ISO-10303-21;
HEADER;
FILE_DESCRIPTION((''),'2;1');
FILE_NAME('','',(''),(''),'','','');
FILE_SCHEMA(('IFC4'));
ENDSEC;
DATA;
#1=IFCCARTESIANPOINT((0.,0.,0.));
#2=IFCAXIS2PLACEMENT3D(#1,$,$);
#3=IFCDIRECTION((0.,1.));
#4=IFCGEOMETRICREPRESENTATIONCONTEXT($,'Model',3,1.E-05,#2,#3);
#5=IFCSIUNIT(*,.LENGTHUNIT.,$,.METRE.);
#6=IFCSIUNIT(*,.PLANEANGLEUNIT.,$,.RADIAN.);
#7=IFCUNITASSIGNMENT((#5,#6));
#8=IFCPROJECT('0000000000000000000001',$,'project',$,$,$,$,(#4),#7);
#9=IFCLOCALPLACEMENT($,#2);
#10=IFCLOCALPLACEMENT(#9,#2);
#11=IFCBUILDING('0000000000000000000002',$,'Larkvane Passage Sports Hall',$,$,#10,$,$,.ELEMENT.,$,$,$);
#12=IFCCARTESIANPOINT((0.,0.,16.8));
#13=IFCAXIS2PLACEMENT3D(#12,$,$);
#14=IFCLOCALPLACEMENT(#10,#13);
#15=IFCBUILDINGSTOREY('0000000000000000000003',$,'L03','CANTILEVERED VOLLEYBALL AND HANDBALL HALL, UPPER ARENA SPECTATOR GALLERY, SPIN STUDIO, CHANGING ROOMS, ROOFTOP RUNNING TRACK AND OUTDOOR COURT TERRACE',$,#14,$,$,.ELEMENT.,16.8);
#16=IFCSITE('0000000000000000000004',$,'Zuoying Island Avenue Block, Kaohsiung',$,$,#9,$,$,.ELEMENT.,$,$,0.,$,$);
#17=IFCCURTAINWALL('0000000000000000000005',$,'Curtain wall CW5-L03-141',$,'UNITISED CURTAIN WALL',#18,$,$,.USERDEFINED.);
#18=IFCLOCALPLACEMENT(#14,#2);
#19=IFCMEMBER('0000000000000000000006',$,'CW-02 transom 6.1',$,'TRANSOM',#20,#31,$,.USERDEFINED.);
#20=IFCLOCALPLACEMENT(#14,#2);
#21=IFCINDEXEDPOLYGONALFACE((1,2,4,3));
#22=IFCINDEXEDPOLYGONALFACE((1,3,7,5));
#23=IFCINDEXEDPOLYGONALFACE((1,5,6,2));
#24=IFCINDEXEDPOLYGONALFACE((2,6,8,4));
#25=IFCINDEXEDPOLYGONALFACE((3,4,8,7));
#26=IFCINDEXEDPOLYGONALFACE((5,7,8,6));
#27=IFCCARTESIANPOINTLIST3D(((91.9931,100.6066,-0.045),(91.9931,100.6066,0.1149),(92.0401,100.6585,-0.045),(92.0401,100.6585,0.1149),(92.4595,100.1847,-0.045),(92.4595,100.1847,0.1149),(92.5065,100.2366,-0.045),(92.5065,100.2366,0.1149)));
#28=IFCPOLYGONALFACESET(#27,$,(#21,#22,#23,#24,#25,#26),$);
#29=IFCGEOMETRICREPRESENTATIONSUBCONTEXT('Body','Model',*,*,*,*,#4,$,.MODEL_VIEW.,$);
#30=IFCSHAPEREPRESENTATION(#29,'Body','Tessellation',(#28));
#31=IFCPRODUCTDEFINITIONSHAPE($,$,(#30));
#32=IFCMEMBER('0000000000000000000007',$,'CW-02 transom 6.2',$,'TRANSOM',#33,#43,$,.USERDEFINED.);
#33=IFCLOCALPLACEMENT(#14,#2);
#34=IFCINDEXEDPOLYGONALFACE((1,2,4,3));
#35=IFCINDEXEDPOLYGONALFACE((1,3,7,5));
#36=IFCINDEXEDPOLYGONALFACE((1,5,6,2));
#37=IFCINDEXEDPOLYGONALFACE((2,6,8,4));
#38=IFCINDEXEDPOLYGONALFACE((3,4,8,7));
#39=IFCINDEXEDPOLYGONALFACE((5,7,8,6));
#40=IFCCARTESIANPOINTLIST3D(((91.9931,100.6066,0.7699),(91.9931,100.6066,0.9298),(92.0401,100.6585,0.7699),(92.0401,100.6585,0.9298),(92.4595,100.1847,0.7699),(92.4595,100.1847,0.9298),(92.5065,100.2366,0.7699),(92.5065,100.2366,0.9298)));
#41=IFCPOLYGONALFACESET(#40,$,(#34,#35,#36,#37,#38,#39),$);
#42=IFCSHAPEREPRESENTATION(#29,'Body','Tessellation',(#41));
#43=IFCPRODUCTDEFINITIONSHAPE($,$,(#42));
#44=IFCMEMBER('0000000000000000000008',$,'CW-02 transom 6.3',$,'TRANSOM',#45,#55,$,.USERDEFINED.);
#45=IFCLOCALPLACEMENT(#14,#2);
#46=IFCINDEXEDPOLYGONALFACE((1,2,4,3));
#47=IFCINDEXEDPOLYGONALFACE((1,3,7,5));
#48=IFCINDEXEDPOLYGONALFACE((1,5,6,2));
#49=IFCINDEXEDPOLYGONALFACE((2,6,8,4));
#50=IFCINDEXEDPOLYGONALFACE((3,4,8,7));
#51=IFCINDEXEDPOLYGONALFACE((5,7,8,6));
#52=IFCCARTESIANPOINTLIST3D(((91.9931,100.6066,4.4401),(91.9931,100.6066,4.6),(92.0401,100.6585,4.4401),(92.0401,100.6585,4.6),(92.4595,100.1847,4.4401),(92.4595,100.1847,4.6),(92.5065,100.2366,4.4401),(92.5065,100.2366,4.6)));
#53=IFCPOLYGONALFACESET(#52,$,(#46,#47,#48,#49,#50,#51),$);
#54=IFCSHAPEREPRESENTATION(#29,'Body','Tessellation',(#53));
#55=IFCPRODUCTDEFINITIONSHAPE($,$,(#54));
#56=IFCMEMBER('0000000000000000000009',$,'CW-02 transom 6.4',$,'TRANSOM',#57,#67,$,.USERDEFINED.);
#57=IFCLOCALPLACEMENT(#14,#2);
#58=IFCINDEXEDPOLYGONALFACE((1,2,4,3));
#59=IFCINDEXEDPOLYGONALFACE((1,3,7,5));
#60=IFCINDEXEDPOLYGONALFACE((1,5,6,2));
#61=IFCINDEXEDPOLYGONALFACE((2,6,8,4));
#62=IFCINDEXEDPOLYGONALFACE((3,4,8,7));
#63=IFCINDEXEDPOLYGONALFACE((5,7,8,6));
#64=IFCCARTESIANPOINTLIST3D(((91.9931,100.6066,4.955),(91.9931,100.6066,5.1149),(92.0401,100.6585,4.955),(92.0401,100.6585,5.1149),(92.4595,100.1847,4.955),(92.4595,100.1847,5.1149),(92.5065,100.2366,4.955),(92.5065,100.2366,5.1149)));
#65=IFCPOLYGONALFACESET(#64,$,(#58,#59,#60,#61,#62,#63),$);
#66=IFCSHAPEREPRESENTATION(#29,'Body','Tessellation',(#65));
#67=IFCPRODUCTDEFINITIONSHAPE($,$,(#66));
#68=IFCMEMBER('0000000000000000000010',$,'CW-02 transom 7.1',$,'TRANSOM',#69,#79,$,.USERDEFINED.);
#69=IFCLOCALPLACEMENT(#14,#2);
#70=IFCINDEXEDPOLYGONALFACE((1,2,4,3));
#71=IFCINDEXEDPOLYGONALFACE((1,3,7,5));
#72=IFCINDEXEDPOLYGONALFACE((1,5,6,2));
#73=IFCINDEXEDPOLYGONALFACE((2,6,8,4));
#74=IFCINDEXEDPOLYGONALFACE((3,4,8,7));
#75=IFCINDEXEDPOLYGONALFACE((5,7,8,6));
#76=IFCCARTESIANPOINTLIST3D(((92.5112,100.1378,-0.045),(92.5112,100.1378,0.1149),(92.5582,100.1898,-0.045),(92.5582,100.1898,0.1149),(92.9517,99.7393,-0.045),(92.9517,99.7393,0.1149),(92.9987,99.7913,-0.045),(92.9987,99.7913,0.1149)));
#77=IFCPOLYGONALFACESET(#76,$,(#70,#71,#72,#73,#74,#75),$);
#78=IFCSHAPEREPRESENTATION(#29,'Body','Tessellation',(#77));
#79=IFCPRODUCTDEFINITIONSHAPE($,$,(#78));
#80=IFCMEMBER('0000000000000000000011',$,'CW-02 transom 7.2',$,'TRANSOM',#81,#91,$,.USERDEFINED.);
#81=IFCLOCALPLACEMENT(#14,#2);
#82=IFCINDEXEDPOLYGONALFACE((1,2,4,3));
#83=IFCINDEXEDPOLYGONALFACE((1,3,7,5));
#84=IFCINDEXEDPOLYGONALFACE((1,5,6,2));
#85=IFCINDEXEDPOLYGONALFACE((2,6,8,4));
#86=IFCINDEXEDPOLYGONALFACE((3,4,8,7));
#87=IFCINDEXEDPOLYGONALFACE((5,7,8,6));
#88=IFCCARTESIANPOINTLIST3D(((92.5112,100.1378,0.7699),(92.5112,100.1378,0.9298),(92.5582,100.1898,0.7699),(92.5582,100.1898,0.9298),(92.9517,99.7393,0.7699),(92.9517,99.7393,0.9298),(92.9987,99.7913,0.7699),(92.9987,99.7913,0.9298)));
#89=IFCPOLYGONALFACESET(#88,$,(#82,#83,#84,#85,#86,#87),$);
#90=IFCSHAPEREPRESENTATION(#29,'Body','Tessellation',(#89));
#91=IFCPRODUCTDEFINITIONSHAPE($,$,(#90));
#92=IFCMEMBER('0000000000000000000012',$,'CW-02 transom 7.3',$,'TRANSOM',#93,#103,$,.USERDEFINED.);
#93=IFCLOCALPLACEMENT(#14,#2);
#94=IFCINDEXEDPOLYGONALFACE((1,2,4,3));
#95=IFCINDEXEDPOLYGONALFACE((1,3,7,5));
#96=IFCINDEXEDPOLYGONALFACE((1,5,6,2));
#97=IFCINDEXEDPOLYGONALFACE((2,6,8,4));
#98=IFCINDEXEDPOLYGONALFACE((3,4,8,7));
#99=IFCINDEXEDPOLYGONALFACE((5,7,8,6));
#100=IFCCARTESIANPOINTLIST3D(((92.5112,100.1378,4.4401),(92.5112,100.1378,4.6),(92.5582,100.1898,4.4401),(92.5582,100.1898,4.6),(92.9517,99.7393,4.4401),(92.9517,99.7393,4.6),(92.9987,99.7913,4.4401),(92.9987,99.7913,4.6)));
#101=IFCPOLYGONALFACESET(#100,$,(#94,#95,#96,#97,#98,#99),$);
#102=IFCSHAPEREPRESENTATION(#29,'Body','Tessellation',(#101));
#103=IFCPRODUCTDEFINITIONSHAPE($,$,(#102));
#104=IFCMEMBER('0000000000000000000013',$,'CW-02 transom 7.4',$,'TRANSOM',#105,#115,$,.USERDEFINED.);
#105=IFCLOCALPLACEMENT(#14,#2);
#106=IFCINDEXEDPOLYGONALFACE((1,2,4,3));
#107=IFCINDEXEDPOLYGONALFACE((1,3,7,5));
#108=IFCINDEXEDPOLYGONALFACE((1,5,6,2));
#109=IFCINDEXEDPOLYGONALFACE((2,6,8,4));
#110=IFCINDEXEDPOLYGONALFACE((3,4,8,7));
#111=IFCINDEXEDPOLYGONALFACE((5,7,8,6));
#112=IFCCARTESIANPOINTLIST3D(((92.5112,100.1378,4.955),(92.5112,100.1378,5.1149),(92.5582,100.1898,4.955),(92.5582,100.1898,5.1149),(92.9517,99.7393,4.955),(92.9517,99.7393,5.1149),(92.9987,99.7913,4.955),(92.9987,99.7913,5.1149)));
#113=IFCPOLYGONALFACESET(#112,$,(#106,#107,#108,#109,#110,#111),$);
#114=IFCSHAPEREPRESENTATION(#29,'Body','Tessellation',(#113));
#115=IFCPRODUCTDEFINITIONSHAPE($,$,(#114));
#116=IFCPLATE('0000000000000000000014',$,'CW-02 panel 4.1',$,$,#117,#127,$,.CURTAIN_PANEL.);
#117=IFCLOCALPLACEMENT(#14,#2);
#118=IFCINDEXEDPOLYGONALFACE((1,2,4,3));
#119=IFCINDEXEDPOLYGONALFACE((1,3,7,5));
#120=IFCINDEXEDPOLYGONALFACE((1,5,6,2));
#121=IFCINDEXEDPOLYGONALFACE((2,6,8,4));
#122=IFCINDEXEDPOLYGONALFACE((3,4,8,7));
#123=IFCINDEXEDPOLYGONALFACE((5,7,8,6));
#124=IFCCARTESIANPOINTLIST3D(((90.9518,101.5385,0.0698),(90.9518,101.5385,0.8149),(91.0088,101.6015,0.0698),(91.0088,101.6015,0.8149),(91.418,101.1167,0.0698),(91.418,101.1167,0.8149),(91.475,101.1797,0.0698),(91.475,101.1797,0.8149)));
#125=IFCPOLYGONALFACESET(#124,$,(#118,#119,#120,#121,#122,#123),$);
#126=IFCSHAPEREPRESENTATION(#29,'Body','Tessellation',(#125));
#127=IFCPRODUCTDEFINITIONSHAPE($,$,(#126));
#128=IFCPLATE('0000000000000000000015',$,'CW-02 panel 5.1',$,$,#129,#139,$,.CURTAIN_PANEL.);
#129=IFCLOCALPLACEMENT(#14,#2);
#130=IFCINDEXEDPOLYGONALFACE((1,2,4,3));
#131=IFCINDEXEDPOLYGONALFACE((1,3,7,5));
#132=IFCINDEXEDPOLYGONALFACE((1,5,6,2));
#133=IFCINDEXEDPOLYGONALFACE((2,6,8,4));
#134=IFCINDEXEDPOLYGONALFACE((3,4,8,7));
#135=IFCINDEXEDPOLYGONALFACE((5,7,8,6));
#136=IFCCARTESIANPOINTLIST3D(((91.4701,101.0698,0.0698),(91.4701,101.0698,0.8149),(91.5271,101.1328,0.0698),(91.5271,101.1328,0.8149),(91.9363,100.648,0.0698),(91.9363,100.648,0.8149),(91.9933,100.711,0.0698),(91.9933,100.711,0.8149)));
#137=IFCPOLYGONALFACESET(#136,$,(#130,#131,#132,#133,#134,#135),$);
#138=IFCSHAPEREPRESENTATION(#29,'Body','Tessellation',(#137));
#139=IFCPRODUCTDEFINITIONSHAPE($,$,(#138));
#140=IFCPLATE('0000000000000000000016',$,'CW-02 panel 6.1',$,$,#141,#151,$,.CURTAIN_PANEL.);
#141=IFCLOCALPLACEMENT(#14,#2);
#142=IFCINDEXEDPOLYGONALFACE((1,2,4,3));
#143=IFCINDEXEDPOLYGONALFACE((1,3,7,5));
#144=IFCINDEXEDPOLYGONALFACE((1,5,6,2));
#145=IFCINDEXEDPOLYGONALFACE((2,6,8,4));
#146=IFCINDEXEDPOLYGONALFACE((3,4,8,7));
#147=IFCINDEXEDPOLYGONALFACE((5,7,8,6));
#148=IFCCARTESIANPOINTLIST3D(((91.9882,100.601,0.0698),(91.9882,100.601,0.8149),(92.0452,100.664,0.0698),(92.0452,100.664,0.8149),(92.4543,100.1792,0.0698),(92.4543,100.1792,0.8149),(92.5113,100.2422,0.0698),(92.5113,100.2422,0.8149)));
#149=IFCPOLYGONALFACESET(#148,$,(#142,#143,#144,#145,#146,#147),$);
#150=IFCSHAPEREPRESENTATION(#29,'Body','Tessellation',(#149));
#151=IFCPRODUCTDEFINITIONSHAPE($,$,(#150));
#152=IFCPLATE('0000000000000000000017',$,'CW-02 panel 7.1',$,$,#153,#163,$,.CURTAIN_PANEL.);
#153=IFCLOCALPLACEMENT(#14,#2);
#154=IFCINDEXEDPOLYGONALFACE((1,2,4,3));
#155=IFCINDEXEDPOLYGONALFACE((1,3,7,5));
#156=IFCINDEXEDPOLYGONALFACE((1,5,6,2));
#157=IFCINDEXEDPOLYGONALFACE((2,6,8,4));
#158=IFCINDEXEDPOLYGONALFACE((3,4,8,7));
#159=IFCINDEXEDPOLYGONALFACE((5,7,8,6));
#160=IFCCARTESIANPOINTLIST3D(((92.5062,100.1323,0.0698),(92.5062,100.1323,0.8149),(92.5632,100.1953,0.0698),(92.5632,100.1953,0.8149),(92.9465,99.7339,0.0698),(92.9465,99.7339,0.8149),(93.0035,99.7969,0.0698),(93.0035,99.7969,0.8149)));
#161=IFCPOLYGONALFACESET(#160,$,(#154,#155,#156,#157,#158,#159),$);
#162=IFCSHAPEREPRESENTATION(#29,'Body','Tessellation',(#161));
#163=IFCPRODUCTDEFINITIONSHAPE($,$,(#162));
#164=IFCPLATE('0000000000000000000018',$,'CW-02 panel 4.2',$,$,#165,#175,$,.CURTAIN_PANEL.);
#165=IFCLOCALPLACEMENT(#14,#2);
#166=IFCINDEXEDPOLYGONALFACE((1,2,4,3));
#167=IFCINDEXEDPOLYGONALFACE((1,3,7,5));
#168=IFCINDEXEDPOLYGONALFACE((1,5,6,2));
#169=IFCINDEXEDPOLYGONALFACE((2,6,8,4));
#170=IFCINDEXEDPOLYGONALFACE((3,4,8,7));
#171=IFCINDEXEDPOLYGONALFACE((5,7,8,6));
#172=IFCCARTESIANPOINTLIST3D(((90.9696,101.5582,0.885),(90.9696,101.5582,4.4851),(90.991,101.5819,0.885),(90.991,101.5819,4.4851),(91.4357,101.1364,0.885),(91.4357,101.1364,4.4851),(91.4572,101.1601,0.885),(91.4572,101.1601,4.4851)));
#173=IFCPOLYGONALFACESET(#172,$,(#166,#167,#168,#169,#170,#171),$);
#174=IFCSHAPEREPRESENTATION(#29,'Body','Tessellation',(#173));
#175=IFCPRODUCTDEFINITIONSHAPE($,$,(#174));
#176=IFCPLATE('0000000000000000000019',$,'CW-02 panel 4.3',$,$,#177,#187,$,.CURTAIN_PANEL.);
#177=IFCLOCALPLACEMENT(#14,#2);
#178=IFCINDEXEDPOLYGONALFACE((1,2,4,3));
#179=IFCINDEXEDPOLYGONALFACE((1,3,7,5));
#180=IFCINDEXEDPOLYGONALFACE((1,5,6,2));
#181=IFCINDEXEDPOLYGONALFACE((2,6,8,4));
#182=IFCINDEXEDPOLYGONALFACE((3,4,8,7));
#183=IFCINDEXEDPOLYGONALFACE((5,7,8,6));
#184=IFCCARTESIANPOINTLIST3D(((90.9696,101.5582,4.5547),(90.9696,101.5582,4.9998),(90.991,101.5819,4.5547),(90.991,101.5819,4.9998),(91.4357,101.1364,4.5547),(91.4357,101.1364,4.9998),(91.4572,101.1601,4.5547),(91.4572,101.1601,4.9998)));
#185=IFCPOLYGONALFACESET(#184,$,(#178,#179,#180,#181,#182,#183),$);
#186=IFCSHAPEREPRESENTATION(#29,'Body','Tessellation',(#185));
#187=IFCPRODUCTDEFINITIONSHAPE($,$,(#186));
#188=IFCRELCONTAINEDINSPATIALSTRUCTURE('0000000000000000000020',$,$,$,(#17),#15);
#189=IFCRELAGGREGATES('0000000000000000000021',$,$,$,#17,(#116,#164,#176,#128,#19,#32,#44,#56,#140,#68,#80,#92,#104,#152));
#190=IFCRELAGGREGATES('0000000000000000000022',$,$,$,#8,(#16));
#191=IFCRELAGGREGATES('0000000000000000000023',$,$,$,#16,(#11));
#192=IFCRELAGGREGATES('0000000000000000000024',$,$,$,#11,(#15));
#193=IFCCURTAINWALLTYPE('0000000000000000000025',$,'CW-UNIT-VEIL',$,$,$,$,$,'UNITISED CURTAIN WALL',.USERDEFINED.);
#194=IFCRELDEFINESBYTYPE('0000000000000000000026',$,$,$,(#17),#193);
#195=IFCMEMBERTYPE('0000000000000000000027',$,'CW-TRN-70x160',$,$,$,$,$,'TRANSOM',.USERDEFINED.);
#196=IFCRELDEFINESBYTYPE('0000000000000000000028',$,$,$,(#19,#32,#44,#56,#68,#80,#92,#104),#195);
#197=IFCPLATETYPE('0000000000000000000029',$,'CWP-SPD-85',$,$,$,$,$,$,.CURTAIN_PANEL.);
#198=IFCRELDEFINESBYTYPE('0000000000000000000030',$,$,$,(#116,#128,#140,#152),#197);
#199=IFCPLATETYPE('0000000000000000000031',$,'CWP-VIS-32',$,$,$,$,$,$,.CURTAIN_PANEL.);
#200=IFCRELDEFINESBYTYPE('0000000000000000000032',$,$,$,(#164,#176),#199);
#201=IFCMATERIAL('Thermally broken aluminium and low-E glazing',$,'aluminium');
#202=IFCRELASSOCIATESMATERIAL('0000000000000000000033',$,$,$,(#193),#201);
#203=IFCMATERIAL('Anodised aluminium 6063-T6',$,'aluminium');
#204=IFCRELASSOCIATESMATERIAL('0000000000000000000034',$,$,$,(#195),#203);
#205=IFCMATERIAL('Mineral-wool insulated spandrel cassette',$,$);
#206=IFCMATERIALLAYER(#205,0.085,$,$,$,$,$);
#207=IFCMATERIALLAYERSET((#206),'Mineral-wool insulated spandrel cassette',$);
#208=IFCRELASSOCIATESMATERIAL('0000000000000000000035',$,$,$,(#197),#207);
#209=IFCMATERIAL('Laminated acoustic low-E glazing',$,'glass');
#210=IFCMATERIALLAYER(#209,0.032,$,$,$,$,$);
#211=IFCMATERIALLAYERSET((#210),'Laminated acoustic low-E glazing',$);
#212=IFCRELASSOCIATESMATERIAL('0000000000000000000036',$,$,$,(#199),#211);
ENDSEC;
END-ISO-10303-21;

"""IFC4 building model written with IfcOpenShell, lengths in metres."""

from ifc_helpers import new_model, si_unit, direction, frame, origin, origin_2d, place, context, subcontext, project, spatial, rectangle, extrude, material, layer, layer_set, material_profile, profile_set, type_object, element, aggregate, save


model = new_model("IFC4")

# Units and contexts
model_context = context("Model", 3, precision=1e-05, world=origin(), true_north=direction((0.0, 1.0)))
body_context = subcontext(model_context, "Body", "Model", "MODEL_VIEW")
ifc_project = project(units=[si_unit("LENGTHUNIT", "METRE"), si_unit("PLANEANGLEUNIT", "RADIAN")], contexts=[model_context])

# Site, building, storey
site_placement = place(None, origin())
site = spatial("IfcSite", under=ifc_project, at=site_placement, Name="Zuoying Island Avenue Block, Kaohsiung", CompositionType="ELEMENT", RefElevation=0.0)
building_placement = place(site_placement, origin())
building = spatial("IfcBuilding", under=site, at=building_placement, Name="Larkvane Passage Sports Hall", CompositionType="ELEMENT")
storey_placement = place(building_placement, frame((0.0, 0.0, 16.8)))
storey = spatial("IfcBuildingStorey", under=building, at=storey_placement, Name="L03", Description="CANTILEVERED VOLLEYBALL AND HANDBALL HALL, UPPER ARENA SPECTATOR GALLERY, SPIN STUDIO, CHANGING ROOMS, ROOFTOP RUNNING TRACK AND OUTDOOR COURT TERRACE", CompositionType="ELEMENT", Elevation=16.8)

# Curtain wall, members, plates
ifc_material_1 = material(Name="Thermally broken aluminium and low-E glazing", Category="aluminium")
curtain_wall_type = type_object("IfcCurtainWallType", Name="CW-UNIT-VEIL", ElementType="UNITISED CURTAIN WALL", PredefinedType="USERDEFINED", material=ifc_material_1)
curtain_wall_placement = place(storey_placement, origin())
curtain_wall = element("IfcCurtainWall", 1, at=curtain_wall_placement, inside=storey, type_object=curtain_wall_type, Name="Curtain wall CW5-L03-141", ObjectType="UNITISED CURTAIN WALL", PredefinedType="USERDEFINED")
ifc_material_2 = material(Name="Anodised aluminium 6063-T6", Category="aluminium")
ifc_material_profile_1 = material_profile(ifc_material_2, rectangle(XDim=0.0701, YDim=0.1599, at=origin_2d()), Name="ALU-TRN-70x160")
ifc_profile_set_1 = profile_set([ifc_material_profile_1], Name="Anodised aluminium 6063-T6")
member_type_1 = type_object("IfcMemberType", Name="CW-TRN-70x160", ElementType="TRANSOM", PredefinedType="USERDEFINED", material=ifc_profile_set_1)
member_1_placement = place(storey_placement, frame((92.0166, 100.6326, 0.0349), z_axis=(0.741554, -0.670893, 0.0), x_axis=(0.670893, 0.741554, 0.0)))
member_1 = element("IfcMember", 2, at=member_1_placement, type_object=member_type_1, Name="CW-02 transom 6.1", ObjectType="TRANSOM", PredefinedType="USERDEFINED", context=body_context, shape_type="SweptSolid", body=[
    extrude(rectangle(XDim=0.0701, YDim=0.1599, at=origin_2d()), origin(), (0.0, 0.0, 1.0), 0.6289),
])
member_2_placement = place(storey_placement, frame((92.0166, 100.6326, 0.8499), z_axis=(0.741554, -0.670893, 0.0), x_axis=(0.670893, 0.741554, 0.0)))
member_2 = element("IfcMember", 3, at=member_2_placement, type_object=member_type_1, Name="CW-02 transom 6.2", ObjectType="TRANSOM", PredefinedType="USERDEFINED", context=body_context, shape_type="SweptSolid", body=[
    extrude(rectangle(XDim=0.0701, YDim=0.1599, at=origin_2d()), origin(), (0.0, 0.0, 1.0), 0.6289),
])
member_3_placement = place(storey_placement, frame((92.0166, 100.6326, 4.52), z_axis=(0.741554, -0.670893, 0.0), x_axis=(0.670893, 0.741554, 0.0)))
member_3 = element("IfcMember", 4, at=member_3_placement, type_object=member_type_1, Name="CW-02 transom 6.3", ObjectType="TRANSOM", PredefinedType="USERDEFINED", context=body_context, shape_type="SweptSolid", body=[
    extrude(rectangle(XDim=0.0701, YDim=0.1599, at=origin_2d()), origin(), (0.0, 0.0, 1.0), 0.6289),
])
member_4_placement = place(storey_placement, frame((92.0166, 100.6326, 5.0349), z_axis=(0.741554, -0.670893, 0.0), x_axis=(0.670893, 0.741554, 0.0)))
member_4 = element("IfcMember", 5, at=member_4_placement, type_object=member_type_1, Name="CW-02 transom 6.4", ObjectType="TRANSOM", PredefinedType="USERDEFINED", context=body_context, shape_type="SweptSolid", body=[
    extrude(rectangle(XDim=0.0701, YDim=0.1599, at=origin_2d()), origin(), (0.0, 0.0, 1.0), 0.6289),
])
member_5_placement = place(storey_placement, frame((92.5347, 100.1638, 0.0349), z_axis=(0.741575, -0.67087, 0.0), x_axis=(0.67087, 0.741575, 0.0)))
member_5 = element("IfcMember", 6, at=member_5_placement, type_object=member_type_1, Name="CW-02 transom 7.1", ObjectType="TRANSOM", PredefinedType="USERDEFINED", context=body_context, shape_type="SweptSolid", body=[
    extrude(rectangle(XDim=0.0701, YDim=0.1599, at=origin_2d()), origin(), (0.0, 0.0, 1.0), 0.594),
])
member_6_placement = place(storey_placement, frame((92.5347, 100.1638, 0.8499), z_axis=(0.741575, -0.67087, 0.0), x_axis=(0.67087, 0.741575, 0.0)))
member_6 = element("IfcMember", 7, at=member_6_placement, type_object=member_type_1, Name="CW-02 transom 7.2", ObjectType="TRANSOM", PredefinedType="USERDEFINED", context=body_context, shape_type="SweptSolid", body=[
    extrude(rectangle(XDim=0.0701, YDim=0.1599, at=origin_2d()), origin(), (0.0, 0.0, 1.0), 0.594),
])
member_7_placement = place(storey_placement, frame((92.5347, 100.1638, 4.52), z_axis=(0.741575, -0.67087, 0.0), x_axis=(0.67087, 0.741575, 0.0)))
member_7 = element("IfcMember", 8, at=member_7_placement, type_object=member_type_1, Name="CW-02 transom 7.3", ObjectType="TRANSOM", PredefinedType="USERDEFINED", context=body_context, shape_type="SweptSolid", body=[
    extrude(rectangle(XDim=0.0701, YDim=0.1599, at=origin_2d()), origin(), (0.0, 0.0, 1.0), 0.594),
])
member_8_placement = place(storey_placement, frame((92.5347, 100.1638, 5.0349), z_axis=(0.741575, -0.67087, 0.0), x_axis=(0.67087, 0.741575, 0.0)))
member_8 = element("IfcMember", 9, at=member_8_placement, type_object=member_type_1, Name="CW-02 transom 7.4", ObjectType="TRANSOM", PredefinedType="USERDEFINED", context=body_context, shape_type="SweptSolid", body=[
    extrude(rectangle(XDim=0.0701, YDim=0.1599, at=origin_2d()), origin(), (0.0, 0.0, 1.0), 0.594),
])
ifc_material_3 = material(Name="Mineral-wool insulated spandrel cassette")
ifc_layer_1 = layer(ifc_material_3, 0.085)
ifc_layer_set_1 = layer_set([ifc_layer_1], Name="Mineral-wool insulated spandrel cassette")
plate_type_1 = type_object("IfcPlateType", Name="CWP-SPD-85", PredefinedType="CURTAIN_PANEL", material=ifc_layer_set_1)
plate_1_placement = place(storey_placement, frame((91.2134, 101.3591, 0.0698), z_axis=(0.0, 0.0, 1.0), x_axis=(0.741534, -0.670915, 0.0)))
plate_1 = element("IfcPlate", 10, at=plate_1_placement, type_object=plate_type_1, Name="CW-02 panel 4.1", PredefinedType="CURTAIN_PANEL", context=body_context, shape_type="SweptSolid", body=[
    extrude(rectangle(XDim=0.6287, YDim=0.085, at=origin_2d()), origin(), (0.0, 0.0, 1.0), 0.7451),
])
plate_2_placement = place(storey_placement, frame((91.7317, 100.8904, 0.0698), z_axis=(0.0, 0.0, 1.0), x_axis=(0.741534, -0.670915, 0.0)))
plate_2 = element("IfcPlate", 11, at=plate_2_placement, type_object=plate_type_1, Name="CW-02 panel 5.1", PredefinedType="CURTAIN_PANEL", context=body_context, shape_type="SweptSolid", body=[
    extrude(rectangle(XDim=0.6287, YDim=0.085, at=origin_2d()), origin(), (0.0, 0.0, 1.0), 0.7451),
])
plate_3_placement = place(storey_placement, frame((92.2498, 100.4216, 0.0698), z_axis=(0.0, 0.0, 1.0), x_axis=(0.741534, -0.670915, 0.0)))
plate_3 = element("IfcPlate", 12, at=plate_3_placement, type_object=plate_type_1, Name="CW-02 panel 6.1", PredefinedType="CURTAIN_PANEL", context=body_context, shape_type="SweptSolid", body=[
    extrude(rectangle(XDim=0.6287, YDim=0.085, at=origin_2d()), origin(), (0.0, 0.0, 1.0), 0.7451),
])
plate_4_placement = place(storey_placement, frame((92.7549, 99.9646, 0.0698), z_axis=(0.0, 0.0, 1.0), x_axis=(0.741534, -0.670915, 0.0)))
plate_4 = element("IfcPlate", 13, at=plate_4_placement, type_object=plate_type_1, Name="CW-02 panel 7.1", PredefinedType="CURTAIN_PANEL", context=body_context, shape_type="SweptSolid", body=[
    extrude(rectangle(XDim=0.5938, YDim=0.085, at=origin_2d()), origin(), (0.0, 0.0, 1.0), 0.7451),
])
ifc_material_4 = material(Name="Laminated acoustic low-E glazing", Category="glass")
ifc_layer_2 = layer(ifc_material_4, 0.032)
ifc_layer_set_2 = layer_set([ifc_layer_2], Name="Laminated acoustic low-E glazing")
plate_type_2 = type_object("IfcPlateType", Name="CWP-VIS-32", PredefinedType="CURTAIN_PANEL", material=ifc_layer_set_2)
plate_5_placement = place(storey_placement, frame((91.2134, 101.3591, 0.885), z_axis=(0.0, 0.0, 1.0), x_axis=(0.741534, -0.670915, 0.0)))
plate_5 = element("IfcPlate", 14, at=plate_5_placement, type_object=plate_type_2, Name="CW-02 panel 4.2", PredefinedType="CURTAIN_PANEL", context=body_context, shape_type="SweptSolid", body=[
    extrude(rectangle(XDim=0.6287, YDim=0.032, at=origin_2d()), origin(), (0.0, 0.0, 1.0), 3.6001),
])
plate_6_placement = place(storey_placement, frame((91.2134, 101.3591, 4.5547), z_axis=(0.0, 0.0, 1.0), x_axis=(0.741534, -0.670915, 0.0)))
plate_6 = element("IfcPlate", 15, at=plate_6_placement, type_object=plate_type_2, Name="CW-02 panel 4.3", PredefinedType="CURTAIN_PANEL", context=body_context, shape_type="SweptSolid", body=[
    extrude(rectangle(XDim=0.6287, YDim=0.032, at=origin_2d()), origin(), (0.0, 0.0, 1.0), 0.4451),
])
aggregate(curtain_wall, [plate_1, plate_5, plate_6, plate_2, member_1, member_2, member_3, member_4, plate_3, member_5, member_6, member_7, member_8, plate_4])

save(model, "model.ifc")
